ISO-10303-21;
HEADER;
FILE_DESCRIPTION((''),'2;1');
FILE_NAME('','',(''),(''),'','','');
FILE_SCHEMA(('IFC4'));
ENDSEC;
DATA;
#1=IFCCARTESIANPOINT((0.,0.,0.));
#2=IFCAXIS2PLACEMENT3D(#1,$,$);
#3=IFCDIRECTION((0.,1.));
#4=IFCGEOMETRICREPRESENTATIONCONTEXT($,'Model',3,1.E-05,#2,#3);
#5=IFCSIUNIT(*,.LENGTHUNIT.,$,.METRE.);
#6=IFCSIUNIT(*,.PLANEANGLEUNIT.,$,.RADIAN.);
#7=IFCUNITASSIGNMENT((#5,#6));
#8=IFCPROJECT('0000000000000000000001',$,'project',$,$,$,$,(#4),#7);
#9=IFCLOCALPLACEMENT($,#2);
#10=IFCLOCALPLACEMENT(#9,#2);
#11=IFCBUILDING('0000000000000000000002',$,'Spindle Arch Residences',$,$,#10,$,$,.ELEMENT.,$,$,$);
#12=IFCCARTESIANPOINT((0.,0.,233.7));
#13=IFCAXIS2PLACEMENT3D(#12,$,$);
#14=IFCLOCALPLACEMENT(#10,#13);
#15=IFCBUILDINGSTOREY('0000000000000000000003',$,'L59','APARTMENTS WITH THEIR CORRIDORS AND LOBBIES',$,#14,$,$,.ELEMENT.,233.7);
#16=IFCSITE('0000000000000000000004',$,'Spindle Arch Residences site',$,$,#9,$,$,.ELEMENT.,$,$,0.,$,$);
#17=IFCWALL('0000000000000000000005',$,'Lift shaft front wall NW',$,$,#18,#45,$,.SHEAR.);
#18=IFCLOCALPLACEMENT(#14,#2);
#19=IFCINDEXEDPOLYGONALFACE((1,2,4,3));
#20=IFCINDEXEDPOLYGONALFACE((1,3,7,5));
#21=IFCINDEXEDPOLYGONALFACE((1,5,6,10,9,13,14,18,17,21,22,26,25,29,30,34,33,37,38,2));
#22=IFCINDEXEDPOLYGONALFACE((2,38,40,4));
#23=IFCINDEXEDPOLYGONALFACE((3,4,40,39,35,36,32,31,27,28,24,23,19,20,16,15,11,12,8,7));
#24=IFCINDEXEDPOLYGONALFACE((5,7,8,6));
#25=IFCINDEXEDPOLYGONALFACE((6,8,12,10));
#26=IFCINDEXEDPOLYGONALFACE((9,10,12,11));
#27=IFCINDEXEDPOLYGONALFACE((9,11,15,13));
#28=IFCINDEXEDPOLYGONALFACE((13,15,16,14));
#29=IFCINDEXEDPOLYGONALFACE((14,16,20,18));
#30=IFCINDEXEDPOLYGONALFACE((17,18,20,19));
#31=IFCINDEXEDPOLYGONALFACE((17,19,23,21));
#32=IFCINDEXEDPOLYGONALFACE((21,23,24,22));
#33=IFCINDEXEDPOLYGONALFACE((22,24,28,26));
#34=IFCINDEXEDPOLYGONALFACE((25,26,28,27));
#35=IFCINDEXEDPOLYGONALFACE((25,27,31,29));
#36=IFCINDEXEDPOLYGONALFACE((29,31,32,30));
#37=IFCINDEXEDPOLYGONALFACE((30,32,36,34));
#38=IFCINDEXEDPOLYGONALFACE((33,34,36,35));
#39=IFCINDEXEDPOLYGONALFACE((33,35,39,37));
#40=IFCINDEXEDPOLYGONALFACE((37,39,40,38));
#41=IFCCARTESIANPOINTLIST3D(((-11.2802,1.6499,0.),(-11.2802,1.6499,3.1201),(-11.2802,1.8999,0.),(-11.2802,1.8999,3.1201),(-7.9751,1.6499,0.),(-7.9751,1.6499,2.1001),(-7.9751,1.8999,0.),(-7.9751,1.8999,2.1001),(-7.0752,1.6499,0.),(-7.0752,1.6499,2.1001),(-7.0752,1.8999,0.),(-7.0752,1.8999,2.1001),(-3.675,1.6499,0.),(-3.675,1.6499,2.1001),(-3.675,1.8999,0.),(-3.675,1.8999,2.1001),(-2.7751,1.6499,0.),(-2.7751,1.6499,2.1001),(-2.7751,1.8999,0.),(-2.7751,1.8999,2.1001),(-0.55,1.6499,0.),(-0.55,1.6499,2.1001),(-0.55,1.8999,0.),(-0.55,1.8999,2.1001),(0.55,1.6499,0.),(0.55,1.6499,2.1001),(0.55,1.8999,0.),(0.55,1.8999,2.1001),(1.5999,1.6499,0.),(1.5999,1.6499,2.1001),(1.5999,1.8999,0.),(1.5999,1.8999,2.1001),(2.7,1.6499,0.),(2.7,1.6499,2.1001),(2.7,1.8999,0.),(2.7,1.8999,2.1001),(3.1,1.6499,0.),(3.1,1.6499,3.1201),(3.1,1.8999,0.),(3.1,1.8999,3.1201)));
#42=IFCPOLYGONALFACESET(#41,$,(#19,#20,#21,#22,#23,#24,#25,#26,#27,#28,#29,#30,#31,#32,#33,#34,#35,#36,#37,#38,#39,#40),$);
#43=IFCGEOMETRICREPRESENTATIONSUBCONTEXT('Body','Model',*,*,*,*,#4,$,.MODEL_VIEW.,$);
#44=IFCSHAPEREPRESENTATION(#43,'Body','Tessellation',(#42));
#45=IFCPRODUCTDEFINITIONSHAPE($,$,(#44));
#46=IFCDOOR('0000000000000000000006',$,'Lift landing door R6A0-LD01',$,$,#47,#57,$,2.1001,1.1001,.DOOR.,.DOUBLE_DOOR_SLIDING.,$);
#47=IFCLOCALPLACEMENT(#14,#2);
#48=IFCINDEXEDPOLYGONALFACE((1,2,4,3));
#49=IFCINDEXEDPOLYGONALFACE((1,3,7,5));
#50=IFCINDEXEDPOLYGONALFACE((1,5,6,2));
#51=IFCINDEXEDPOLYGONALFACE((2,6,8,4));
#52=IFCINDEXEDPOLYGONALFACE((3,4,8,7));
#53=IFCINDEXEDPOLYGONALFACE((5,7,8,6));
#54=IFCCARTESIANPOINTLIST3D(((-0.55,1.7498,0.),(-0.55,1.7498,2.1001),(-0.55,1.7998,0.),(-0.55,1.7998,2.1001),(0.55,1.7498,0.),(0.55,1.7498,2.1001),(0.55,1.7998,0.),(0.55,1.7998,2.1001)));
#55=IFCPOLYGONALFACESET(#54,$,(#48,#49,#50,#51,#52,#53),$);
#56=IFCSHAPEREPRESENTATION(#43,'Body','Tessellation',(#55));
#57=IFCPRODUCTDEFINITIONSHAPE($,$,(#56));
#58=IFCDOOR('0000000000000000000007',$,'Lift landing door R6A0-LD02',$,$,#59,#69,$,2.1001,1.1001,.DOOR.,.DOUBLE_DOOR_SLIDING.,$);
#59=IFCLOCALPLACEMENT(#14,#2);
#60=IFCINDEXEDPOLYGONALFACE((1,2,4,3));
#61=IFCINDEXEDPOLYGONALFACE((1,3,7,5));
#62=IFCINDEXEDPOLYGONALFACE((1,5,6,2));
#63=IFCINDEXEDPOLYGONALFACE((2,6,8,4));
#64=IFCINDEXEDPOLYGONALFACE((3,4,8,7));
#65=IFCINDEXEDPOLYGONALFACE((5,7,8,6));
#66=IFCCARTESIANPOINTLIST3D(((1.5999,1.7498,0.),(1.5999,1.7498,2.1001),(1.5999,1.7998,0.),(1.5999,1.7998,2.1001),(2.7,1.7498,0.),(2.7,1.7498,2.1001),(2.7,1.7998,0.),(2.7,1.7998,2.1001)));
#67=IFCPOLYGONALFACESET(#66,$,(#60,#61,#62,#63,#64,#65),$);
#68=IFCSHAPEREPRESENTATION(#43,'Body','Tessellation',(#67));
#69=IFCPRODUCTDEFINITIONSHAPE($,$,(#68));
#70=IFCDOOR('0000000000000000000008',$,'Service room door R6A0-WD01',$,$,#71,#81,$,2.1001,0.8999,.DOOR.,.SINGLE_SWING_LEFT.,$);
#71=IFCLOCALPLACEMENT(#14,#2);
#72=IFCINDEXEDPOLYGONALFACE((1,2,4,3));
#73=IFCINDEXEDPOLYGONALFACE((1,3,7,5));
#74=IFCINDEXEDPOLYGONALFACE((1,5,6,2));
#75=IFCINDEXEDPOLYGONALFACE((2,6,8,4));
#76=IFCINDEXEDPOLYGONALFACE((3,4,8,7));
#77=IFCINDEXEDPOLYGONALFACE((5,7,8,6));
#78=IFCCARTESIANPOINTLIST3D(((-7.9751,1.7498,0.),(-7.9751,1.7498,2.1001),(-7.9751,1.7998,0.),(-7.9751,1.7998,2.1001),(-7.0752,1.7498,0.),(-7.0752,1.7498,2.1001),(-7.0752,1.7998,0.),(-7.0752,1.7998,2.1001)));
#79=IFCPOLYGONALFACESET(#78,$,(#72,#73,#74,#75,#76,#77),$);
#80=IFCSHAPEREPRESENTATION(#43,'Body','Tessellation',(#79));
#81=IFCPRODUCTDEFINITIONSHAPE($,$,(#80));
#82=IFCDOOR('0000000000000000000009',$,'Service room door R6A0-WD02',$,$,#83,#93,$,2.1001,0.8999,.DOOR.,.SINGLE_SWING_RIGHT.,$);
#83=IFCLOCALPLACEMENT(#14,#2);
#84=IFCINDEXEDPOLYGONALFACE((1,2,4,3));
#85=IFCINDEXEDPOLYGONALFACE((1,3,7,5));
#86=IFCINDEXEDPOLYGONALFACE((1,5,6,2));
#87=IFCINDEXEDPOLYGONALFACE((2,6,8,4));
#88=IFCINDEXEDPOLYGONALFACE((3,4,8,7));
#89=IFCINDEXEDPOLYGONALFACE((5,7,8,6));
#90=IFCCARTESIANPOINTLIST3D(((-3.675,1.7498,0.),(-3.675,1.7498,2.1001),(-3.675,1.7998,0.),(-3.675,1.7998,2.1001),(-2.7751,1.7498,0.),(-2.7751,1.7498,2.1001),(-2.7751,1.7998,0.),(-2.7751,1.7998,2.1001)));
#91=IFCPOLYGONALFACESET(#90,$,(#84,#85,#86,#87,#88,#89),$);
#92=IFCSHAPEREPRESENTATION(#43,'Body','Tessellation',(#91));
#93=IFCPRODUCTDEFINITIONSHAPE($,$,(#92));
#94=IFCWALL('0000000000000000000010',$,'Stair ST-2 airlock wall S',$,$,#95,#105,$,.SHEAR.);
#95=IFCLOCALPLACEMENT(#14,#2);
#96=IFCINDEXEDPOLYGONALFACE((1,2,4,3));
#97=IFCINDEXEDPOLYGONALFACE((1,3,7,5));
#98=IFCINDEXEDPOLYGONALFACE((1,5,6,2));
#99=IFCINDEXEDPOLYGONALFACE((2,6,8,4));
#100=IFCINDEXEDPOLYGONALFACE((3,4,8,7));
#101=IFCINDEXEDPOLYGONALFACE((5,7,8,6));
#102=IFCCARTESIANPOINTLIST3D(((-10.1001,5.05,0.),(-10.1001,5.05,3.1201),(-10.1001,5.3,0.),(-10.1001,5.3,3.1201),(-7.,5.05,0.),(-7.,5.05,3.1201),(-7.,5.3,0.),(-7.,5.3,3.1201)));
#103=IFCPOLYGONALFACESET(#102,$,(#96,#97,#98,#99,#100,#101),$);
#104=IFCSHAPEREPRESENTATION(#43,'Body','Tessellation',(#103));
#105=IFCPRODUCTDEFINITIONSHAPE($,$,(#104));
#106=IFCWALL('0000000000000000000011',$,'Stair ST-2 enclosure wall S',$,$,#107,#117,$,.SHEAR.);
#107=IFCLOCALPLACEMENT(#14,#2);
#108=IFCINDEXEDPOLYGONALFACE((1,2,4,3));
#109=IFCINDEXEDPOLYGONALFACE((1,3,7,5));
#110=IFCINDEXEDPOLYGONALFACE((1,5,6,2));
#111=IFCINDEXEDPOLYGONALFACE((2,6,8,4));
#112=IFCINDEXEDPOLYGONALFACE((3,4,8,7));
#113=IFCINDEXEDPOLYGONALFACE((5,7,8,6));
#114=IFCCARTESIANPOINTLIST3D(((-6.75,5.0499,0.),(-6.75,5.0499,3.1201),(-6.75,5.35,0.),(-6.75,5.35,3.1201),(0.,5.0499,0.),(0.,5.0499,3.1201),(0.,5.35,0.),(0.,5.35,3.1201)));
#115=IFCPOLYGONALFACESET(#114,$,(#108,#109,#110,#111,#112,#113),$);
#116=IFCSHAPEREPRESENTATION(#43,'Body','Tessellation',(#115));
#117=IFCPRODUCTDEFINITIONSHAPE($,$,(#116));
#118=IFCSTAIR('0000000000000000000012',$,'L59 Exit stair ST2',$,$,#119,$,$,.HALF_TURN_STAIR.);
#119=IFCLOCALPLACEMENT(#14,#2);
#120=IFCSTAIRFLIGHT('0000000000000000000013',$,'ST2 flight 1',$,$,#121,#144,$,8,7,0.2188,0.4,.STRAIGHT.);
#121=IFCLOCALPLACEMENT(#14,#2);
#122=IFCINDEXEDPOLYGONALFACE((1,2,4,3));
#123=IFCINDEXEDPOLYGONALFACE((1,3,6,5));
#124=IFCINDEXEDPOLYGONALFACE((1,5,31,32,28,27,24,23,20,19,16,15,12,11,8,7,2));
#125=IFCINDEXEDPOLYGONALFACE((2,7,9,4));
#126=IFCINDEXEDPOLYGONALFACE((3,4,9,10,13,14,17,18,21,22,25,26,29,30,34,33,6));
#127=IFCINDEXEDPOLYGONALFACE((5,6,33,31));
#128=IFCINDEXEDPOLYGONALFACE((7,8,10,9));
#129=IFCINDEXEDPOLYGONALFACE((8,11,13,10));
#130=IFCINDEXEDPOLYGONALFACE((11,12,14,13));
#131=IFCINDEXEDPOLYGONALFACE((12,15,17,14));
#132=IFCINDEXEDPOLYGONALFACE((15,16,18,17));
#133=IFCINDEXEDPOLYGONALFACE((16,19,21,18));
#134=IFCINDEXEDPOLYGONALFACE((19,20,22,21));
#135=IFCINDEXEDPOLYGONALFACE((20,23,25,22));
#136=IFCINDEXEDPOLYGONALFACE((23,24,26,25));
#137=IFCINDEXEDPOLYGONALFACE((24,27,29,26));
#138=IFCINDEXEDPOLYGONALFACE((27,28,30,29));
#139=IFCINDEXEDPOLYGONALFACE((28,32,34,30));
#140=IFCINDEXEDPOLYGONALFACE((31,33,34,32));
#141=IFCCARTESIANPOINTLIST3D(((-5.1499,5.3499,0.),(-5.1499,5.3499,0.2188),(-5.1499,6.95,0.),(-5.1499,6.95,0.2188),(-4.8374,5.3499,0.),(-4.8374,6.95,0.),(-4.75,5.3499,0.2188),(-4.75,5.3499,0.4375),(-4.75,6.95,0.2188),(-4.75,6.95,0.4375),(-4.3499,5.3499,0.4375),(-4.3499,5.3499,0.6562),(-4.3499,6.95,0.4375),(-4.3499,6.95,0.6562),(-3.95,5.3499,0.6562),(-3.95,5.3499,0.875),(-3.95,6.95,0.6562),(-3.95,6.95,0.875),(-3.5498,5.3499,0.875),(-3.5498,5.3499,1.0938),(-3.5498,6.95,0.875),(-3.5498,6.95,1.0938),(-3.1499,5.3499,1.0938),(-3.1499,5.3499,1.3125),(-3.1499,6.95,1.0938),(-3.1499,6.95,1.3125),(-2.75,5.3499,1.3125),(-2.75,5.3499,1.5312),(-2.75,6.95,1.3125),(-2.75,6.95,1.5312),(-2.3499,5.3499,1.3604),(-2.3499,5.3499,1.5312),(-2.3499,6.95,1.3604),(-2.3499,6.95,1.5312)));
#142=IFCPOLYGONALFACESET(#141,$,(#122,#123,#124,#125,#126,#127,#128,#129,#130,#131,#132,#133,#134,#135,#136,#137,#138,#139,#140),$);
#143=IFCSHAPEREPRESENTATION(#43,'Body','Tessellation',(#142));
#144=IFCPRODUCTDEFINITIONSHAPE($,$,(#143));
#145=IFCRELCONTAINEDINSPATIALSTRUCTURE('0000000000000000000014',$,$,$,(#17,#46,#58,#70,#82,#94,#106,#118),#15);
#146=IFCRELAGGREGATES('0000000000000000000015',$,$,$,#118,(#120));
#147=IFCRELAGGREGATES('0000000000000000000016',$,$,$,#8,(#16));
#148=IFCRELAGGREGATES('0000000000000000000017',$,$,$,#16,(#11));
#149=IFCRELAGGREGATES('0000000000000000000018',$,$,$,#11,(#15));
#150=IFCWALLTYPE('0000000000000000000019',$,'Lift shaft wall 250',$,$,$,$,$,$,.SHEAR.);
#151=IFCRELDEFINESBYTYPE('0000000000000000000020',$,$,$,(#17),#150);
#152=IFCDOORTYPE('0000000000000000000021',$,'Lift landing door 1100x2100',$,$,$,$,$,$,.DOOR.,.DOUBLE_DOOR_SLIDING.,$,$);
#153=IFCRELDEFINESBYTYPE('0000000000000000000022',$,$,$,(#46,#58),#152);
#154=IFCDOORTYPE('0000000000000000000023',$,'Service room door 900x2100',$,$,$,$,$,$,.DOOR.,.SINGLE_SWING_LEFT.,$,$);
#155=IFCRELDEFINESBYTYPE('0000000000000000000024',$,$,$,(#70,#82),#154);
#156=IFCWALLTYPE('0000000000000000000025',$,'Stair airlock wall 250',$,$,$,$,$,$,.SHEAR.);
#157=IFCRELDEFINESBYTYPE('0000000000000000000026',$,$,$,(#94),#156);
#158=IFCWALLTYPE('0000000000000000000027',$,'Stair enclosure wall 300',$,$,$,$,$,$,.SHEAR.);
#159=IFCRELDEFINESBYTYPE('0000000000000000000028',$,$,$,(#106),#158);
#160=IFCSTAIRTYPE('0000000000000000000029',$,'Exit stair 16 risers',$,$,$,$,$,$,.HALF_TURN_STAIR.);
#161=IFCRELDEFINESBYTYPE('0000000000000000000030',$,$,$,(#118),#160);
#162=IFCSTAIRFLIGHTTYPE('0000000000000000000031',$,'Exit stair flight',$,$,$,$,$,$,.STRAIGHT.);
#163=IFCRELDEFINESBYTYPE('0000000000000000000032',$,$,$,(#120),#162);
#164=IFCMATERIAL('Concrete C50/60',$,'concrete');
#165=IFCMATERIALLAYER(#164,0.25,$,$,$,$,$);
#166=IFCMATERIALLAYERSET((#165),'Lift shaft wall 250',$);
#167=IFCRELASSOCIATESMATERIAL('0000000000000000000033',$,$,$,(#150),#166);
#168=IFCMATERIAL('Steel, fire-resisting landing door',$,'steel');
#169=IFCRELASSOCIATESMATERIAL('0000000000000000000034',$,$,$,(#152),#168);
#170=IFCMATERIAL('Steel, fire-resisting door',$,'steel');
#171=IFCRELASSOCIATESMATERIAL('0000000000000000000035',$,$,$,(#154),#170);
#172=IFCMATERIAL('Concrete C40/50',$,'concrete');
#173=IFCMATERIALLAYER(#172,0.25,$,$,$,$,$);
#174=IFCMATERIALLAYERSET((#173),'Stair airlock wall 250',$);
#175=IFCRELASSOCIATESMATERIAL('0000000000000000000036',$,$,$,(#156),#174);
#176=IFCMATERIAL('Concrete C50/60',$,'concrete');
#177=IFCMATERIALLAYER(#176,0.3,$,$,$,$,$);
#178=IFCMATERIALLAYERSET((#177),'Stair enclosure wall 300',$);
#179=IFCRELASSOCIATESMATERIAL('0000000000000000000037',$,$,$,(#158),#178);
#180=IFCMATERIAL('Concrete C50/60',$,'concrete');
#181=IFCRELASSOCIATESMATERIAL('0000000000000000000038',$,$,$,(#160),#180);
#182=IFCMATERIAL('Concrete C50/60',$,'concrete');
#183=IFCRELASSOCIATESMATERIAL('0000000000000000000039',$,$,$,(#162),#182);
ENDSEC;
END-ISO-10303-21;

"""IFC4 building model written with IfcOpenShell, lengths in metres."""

from ifc_helpers import new_model, si_unit, direction, frame, frame_2d, origin, place, context, subcontext, project, spatial, polyline, rectangle, outline, extrude, material, layer, layer_set, type_object, element, fill, aggregate, save


model = new_model("IFC4")

# Units and contexts
model_context = context("Model", 3, precision=1e-05, world=origin(), true_north=direction((0.0, 1.0)))
body_context = subcontext(model_context, "Body", "Model", "MODEL_VIEW")
ifc_project = project(units=[si_unit("LENGTHUNIT", "METRE"), si_unit("PLANEANGLEUNIT", "RADIAN")], contexts=[model_context])

# Site, building, storey
site_placement = place(None, origin())
site = spatial("IfcSite", under=ifc_project, at=site_placement, Name="Spindle Arch Residences site", CompositionType="ELEMENT", RefElevation=0.0)
building_placement = place(site_placement, origin())
building = spatial("IfcBuilding", under=site, at=building_placement, Name="Spindle Arch Residences", CompositionType="ELEMENT")
storey_placement = place(building_placement, frame((0.0, 0.0, 233.7)))
storey = spatial("IfcBuildingStorey", under=building, at=storey_placement, Name="L59", Description="APARTMENTS WITH THEIR CORRIDORS AND LOBBIES", CompositionType="ELEMENT", Elevation=233.7)

# Wall, openings, doors
ifc_material_1 = material(Name="Concrete C50/60", Category="concrete")
ifc_layer_1 = layer(ifc_material_1, 0.25)
ifc_layer_set_1 = layer_set([ifc_layer_1], Name="Lift shaft wall 250")
wall_type_1 = type_object("IfcWallType", Name="Lift shaft wall 250", PredefinedType="SHEAR", material=ifc_layer_set_1)
wall_1_placement = place(storey_placement, frame((-11.28, 1.7749, 0.0), z_axis=(0.0, 0.0, 1.0), x_axis=(1.0, 0.0, 0.0)))
wall_1 = element("IfcWall", 1, at=wall_1_placement, inside=storey, type_object=wall_type_1, Name="Lift shaft front wall NW", PredefinedType="SHEAR", context=body_context, shape_type="SweptSolid", body=[
    extrude(rectangle(XDim=14.3801, YDim=0.25, at=frame_2d((7.1899, 0.0))), origin(), (0.0, 0.0, 1.0), 3.1201),
])
opening_1_placement = place(wall_1_placement, frame((10.73, 0.0, 0.0)))
opening_1 = element("IfcOpeningElement", 2, at=opening_1_placement, cuts=wall_1, PredefinedType="OPENING", context=body_context, shape_type="SweptSolid", body=[
    extrude(rectangle(XDim=1.1001, YDim=2.1001, at=frame_2d((0.55, 1.05))), frame((0.0, 0.135, 0.0), z_axis=(0.0, -1.0, 0.0), x_axis=(1.0, 0.0, 0.0)), (0.0, 0.0, 1.0), 0.27),
])
opening_2_placement = place(wall_1_placement, frame((12.8799, 0.0, 0.0)))
opening_2 = element("IfcOpeningElement", 3, at=opening_2_placement, cuts=wall_1, PredefinedType="OPENING", context=body_context, shape_type="SweptSolid", body=[
    extrude(rectangle(XDim=1.1001, YDim=2.1001, at=frame_2d((0.55, 1.05))), frame((0.0, 0.135, 0.0), z_axis=(0.0, -1.0, 0.0), x_axis=(1.0, 0.0, 0.0)), (0.0, 0.0, 1.0), 0.27),
])
opening_3_placement = place(wall_1_placement, frame((3.3049, 0.0, 0.0)))
opening_3 = element("IfcOpeningElement", 4, at=opening_3_placement, cuts=wall_1, PredefinedType="OPENING", context=body_context, shape_type="SweptSolid", body=[
    extrude(rectangle(XDim=0.8999, YDim=2.1001, at=frame_2d((0.45, 1.05))), frame((0.0, 0.135, 0.0), z_axis=(0.0, -1.0, 0.0), x_axis=(1.0, 0.0, 0.0)), (0.0, 0.0, 1.0), 0.27),
])
opening_4_placement = place(wall_1_placement, frame((7.605, 0.0, 0.0)))
opening_4 = element("IfcOpeningElement", 5, at=opening_4_placement, cuts=wall_1, PredefinedType="OPENING", context=body_context, shape_type="SweptSolid", body=[
    extrude(rectangle(XDim=0.8999, YDim=2.1001, at=frame_2d((0.45, 1.05))), frame((0.0, 0.135, 0.0), z_axis=(0.0, -1.0, 0.0), x_axis=(1.0, 0.0, 0.0)), (0.0, 0.0, 1.0), 0.27),
])
ifc_material_2 = material(Name="Steel, fire-resisting landing door", Category="steel")
door_type_1 = type_object("IfcDoorType", Name="Lift landing door 1100x2100", OperationType="DOUBLE_DOOR_SLIDING", PredefinedType="DOOR", material=ifc_material_2)
door_1_placement = place(opening_1_placement, origin())
door_1 = element("IfcDoor", 6, at=door_1_placement, inside=storey, type_object=door_type_1, Name="Lift landing door R6A0-LD01", OperationType="DOUBLE_DOOR_SLIDING", OverallHeight=2.1001, OverallWidth=1.1001, PredefinedType="DOOR", context=body_context, shape_type="SweptSolid", body=[
    extrude(rectangle(XDim=1.1001, YDim=2.1001, at=frame_2d((0.55, 1.05))), frame((0.0, 0.0249, 0.0), z_axis=(0.0, -1.0, 0.0), x_axis=(1.0, 0.0, 0.0)), (0.0, 0.0, 1.0), 0.05),
])
fill(opening_1, door_1)
door_2_placement = place(opening_2_placement, origin())
door_2 = element("IfcDoor", 7, at=door_2_placement, inside=storey, type_object=door_type_1, Name="Lift landing door R6A0-LD02", OperationType="DOUBLE_DOOR_SLIDING", OverallHeight=2.1001, OverallWidth=1.1001, PredefinedType="DOOR", context=body_context, shape_type="SweptSolid", body=[
    extrude(rectangle(XDim=1.1001, YDim=2.1001, at=frame_2d((0.55, 1.05))), frame((0.0, 0.0249, 0.0), z_axis=(0.0, -1.0, 0.0), x_axis=(1.0, 0.0, 0.0)), (0.0, 0.0, 1.0), 0.05),
])
fill(opening_2, door_2)
ifc_material_3 = material(Name="Steel, fire-resisting door", Category="steel")
door_type_2 = type_object("IfcDoorType", Name="Service room door 900x2100", OperationType="SINGLE_SWING_LEFT", PredefinedType="DOOR", material=ifc_material_3)
door_3_placement = place(opening_3_placement, origin())
door_3 = element("IfcDoor", 8, at=door_3_placement, inside=storey, type_object=door_type_2, Name="Service room door R6A0-WD01", OperationType="SINGLE_SWING_LEFT", OverallHeight=2.1001, OverallWidth=0.8999, PredefinedType="DOOR", context=body_context, shape_type="SweptSolid", body=[
    extrude(rectangle(XDim=0.8999, YDim=2.1001, at=frame_2d((0.45, 1.05))), frame((0.0, 0.0249, 0.0), z_axis=(0.0, -1.0, 0.0), x_axis=(1.0, 0.0, 0.0)), (0.0, 0.0, 1.0), 0.05),
])
fill(opening_3, door_3)
door_4_placement = place(opening_4_placement, origin())
door_4 = element("IfcDoor", 9, at=door_4_placement, inside=storey, type_object=door_type_2, Name="Service room door R6A0-WD02", OperationType="SINGLE_SWING_RIGHT", OverallHeight=2.1001, OverallWidth=0.8999, PredefinedType="DOOR", context=body_context, shape_type="SweptSolid", body=[
    extrude(rectangle(XDim=0.8999, YDim=2.1001, at=frame_2d((0.45, 1.05))), frame((0.0, 0.0249, 0.0), z_axis=(0.0, -1.0, 0.0), x_axis=(1.0, 0.0, 0.0)), (0.0, 0.0, 1.0), 0.05),
])
fill(opening_4, door_4)

# Walls
ifc_material_4 = material(Name="Concrete C40/50", Category="concrete")
ifc_layer_2 = layer(ifc_material_4, 0.25)
ifc_layer_set_2 = layer_set([ifc_layer_2], Name="Stair airlock wall 250")
wall_type_2 = type_object("IfcWallType", Name="Stair airlock wall 250", PredefinedType="SHEAR", material=ifc_layer_set_2)
wall_2_placement = place(storey_placement, frame((-7.0, 5.175, 0.0), z_axis=(0.0, 0.0, 1.0), x_axis=(-1.0, 0.0, 0.0)))
element("IfcWall", 10, at=wall_2_placement, inside=storey, type_object=wall_type_2, Name="Stair ST-2 airlock wall S", PredefinedType="SHEAR", context=body_context, shape_type="SweptSolid", body=[
    extrude(rectangle(XDim=3.1001, YDim=0.25, at=frame_2d((1.55, 0.0))), origin(), (0.0, 0.0, 1.0), 3.1201),
])
ifc_material_5 = material(Name="Concrete C50/60", Category="concrete")
ifc_layer_3 = layer(ifc_material_5, 0.3)
ifc_layer_set_3 = layer_set([ifc_layer_3], Name="Stair enclosure wall 300")
wall_type_3 = type_object("IfcWallType", Name="Stair enclosure wall 300", PredefinedType="SHEAR", material=ifc_layer_set_3)
wall_3_placement = place(storey_placement, frame((-6.75, 5.2, 0.0), z_axis=(0.0, 0.0, 1.0), x_axis=(1.0, 0.0, 0.0)))
element("IfcWall", 11, at=wall_3_placement, inside=storey, type_object=wall_type_3, Name="Stair ST-2 enclosure wall S", PredefinedType="SHEAR", context=body_context, shape_type="SweptSolid", body=[
    extrude(rectangle(XDim=6.75, YDim=0.3, at=frame_2d((3.375, 0.0))), origin(), (0.0, 0.0, 1.0), 3.1201),
])

# Stair, stair flight
ifc_material_6 = material(Name="Concrete C50/60", Category="concrete")
stair_type = type_object("IfcStairType", Name="Exit stair 16 risers", PredefinedType="HALF_TURN_STAIR", material=ifc_material_6)
stair_placement = place(storey_placement, origin())
stair = element("IfcStair", 12, at=stair_placement, inside=storey, type_object=stair_type, Name="L59 Exit stair ST2", PredefinedType="HALF_TURN_STAIR")
ifc_material_7 = material(Name="Concrete C50/60", Category="concrete")
stair_flight_type = type_object("IfcStairFlightType", Name="Exit stair flight", PredefinedType="STRAIGHT", material=ifc_material_7)
stair_flight_placement = place(storey_placement, frame((-5.1499, 6.1499, 0.0), z_axis=(0.0, 0.0, 1.0), x_axis=(1.0, 0.0, 0.0)))
stair_flight = element("IfcStairFlight", 13, at=stair_flight_placement, type_object=stair_flight_type, Name="ST2 flight 1", NumberOfRisers=8, NumberOfTreads=7, PredefinedType="STRAIGHT", RiserHeight=0.2188, TreadLength=0.4, context=body_context, shape_type="SweptSolid", body=[
    extrude(outline(polyline([(0.0, 0.0), (0.0, 0.2188), (0.3999, 0.2188), (0.3999, 0.4375), (0.8, 0.4375), (0.8, 0.6562), (1.2, 0.6562), (1.2, 0.875), (1.6001, 0.875), (1.6001, 1.0938), (2.0, 1.0938), (2.0, 1.3125), (2.3999, 1.3125), (2.3999, 1.5312), (2.8, 1.5312), (2.8, 1.75), (2.8, 1.3604), (0.3125, 0.0), (0.0, 0.0)])), frame((0.0, 0.8, 0.0), z_axis=(0.0, -1.0, 0.0), x_axis=(1.0, 0.0, 0.0)), (0.0, 0.0, 1.0), 1.6001),
])
aggregate(stair, [stair_flight])

save(model, "model.ifc")
